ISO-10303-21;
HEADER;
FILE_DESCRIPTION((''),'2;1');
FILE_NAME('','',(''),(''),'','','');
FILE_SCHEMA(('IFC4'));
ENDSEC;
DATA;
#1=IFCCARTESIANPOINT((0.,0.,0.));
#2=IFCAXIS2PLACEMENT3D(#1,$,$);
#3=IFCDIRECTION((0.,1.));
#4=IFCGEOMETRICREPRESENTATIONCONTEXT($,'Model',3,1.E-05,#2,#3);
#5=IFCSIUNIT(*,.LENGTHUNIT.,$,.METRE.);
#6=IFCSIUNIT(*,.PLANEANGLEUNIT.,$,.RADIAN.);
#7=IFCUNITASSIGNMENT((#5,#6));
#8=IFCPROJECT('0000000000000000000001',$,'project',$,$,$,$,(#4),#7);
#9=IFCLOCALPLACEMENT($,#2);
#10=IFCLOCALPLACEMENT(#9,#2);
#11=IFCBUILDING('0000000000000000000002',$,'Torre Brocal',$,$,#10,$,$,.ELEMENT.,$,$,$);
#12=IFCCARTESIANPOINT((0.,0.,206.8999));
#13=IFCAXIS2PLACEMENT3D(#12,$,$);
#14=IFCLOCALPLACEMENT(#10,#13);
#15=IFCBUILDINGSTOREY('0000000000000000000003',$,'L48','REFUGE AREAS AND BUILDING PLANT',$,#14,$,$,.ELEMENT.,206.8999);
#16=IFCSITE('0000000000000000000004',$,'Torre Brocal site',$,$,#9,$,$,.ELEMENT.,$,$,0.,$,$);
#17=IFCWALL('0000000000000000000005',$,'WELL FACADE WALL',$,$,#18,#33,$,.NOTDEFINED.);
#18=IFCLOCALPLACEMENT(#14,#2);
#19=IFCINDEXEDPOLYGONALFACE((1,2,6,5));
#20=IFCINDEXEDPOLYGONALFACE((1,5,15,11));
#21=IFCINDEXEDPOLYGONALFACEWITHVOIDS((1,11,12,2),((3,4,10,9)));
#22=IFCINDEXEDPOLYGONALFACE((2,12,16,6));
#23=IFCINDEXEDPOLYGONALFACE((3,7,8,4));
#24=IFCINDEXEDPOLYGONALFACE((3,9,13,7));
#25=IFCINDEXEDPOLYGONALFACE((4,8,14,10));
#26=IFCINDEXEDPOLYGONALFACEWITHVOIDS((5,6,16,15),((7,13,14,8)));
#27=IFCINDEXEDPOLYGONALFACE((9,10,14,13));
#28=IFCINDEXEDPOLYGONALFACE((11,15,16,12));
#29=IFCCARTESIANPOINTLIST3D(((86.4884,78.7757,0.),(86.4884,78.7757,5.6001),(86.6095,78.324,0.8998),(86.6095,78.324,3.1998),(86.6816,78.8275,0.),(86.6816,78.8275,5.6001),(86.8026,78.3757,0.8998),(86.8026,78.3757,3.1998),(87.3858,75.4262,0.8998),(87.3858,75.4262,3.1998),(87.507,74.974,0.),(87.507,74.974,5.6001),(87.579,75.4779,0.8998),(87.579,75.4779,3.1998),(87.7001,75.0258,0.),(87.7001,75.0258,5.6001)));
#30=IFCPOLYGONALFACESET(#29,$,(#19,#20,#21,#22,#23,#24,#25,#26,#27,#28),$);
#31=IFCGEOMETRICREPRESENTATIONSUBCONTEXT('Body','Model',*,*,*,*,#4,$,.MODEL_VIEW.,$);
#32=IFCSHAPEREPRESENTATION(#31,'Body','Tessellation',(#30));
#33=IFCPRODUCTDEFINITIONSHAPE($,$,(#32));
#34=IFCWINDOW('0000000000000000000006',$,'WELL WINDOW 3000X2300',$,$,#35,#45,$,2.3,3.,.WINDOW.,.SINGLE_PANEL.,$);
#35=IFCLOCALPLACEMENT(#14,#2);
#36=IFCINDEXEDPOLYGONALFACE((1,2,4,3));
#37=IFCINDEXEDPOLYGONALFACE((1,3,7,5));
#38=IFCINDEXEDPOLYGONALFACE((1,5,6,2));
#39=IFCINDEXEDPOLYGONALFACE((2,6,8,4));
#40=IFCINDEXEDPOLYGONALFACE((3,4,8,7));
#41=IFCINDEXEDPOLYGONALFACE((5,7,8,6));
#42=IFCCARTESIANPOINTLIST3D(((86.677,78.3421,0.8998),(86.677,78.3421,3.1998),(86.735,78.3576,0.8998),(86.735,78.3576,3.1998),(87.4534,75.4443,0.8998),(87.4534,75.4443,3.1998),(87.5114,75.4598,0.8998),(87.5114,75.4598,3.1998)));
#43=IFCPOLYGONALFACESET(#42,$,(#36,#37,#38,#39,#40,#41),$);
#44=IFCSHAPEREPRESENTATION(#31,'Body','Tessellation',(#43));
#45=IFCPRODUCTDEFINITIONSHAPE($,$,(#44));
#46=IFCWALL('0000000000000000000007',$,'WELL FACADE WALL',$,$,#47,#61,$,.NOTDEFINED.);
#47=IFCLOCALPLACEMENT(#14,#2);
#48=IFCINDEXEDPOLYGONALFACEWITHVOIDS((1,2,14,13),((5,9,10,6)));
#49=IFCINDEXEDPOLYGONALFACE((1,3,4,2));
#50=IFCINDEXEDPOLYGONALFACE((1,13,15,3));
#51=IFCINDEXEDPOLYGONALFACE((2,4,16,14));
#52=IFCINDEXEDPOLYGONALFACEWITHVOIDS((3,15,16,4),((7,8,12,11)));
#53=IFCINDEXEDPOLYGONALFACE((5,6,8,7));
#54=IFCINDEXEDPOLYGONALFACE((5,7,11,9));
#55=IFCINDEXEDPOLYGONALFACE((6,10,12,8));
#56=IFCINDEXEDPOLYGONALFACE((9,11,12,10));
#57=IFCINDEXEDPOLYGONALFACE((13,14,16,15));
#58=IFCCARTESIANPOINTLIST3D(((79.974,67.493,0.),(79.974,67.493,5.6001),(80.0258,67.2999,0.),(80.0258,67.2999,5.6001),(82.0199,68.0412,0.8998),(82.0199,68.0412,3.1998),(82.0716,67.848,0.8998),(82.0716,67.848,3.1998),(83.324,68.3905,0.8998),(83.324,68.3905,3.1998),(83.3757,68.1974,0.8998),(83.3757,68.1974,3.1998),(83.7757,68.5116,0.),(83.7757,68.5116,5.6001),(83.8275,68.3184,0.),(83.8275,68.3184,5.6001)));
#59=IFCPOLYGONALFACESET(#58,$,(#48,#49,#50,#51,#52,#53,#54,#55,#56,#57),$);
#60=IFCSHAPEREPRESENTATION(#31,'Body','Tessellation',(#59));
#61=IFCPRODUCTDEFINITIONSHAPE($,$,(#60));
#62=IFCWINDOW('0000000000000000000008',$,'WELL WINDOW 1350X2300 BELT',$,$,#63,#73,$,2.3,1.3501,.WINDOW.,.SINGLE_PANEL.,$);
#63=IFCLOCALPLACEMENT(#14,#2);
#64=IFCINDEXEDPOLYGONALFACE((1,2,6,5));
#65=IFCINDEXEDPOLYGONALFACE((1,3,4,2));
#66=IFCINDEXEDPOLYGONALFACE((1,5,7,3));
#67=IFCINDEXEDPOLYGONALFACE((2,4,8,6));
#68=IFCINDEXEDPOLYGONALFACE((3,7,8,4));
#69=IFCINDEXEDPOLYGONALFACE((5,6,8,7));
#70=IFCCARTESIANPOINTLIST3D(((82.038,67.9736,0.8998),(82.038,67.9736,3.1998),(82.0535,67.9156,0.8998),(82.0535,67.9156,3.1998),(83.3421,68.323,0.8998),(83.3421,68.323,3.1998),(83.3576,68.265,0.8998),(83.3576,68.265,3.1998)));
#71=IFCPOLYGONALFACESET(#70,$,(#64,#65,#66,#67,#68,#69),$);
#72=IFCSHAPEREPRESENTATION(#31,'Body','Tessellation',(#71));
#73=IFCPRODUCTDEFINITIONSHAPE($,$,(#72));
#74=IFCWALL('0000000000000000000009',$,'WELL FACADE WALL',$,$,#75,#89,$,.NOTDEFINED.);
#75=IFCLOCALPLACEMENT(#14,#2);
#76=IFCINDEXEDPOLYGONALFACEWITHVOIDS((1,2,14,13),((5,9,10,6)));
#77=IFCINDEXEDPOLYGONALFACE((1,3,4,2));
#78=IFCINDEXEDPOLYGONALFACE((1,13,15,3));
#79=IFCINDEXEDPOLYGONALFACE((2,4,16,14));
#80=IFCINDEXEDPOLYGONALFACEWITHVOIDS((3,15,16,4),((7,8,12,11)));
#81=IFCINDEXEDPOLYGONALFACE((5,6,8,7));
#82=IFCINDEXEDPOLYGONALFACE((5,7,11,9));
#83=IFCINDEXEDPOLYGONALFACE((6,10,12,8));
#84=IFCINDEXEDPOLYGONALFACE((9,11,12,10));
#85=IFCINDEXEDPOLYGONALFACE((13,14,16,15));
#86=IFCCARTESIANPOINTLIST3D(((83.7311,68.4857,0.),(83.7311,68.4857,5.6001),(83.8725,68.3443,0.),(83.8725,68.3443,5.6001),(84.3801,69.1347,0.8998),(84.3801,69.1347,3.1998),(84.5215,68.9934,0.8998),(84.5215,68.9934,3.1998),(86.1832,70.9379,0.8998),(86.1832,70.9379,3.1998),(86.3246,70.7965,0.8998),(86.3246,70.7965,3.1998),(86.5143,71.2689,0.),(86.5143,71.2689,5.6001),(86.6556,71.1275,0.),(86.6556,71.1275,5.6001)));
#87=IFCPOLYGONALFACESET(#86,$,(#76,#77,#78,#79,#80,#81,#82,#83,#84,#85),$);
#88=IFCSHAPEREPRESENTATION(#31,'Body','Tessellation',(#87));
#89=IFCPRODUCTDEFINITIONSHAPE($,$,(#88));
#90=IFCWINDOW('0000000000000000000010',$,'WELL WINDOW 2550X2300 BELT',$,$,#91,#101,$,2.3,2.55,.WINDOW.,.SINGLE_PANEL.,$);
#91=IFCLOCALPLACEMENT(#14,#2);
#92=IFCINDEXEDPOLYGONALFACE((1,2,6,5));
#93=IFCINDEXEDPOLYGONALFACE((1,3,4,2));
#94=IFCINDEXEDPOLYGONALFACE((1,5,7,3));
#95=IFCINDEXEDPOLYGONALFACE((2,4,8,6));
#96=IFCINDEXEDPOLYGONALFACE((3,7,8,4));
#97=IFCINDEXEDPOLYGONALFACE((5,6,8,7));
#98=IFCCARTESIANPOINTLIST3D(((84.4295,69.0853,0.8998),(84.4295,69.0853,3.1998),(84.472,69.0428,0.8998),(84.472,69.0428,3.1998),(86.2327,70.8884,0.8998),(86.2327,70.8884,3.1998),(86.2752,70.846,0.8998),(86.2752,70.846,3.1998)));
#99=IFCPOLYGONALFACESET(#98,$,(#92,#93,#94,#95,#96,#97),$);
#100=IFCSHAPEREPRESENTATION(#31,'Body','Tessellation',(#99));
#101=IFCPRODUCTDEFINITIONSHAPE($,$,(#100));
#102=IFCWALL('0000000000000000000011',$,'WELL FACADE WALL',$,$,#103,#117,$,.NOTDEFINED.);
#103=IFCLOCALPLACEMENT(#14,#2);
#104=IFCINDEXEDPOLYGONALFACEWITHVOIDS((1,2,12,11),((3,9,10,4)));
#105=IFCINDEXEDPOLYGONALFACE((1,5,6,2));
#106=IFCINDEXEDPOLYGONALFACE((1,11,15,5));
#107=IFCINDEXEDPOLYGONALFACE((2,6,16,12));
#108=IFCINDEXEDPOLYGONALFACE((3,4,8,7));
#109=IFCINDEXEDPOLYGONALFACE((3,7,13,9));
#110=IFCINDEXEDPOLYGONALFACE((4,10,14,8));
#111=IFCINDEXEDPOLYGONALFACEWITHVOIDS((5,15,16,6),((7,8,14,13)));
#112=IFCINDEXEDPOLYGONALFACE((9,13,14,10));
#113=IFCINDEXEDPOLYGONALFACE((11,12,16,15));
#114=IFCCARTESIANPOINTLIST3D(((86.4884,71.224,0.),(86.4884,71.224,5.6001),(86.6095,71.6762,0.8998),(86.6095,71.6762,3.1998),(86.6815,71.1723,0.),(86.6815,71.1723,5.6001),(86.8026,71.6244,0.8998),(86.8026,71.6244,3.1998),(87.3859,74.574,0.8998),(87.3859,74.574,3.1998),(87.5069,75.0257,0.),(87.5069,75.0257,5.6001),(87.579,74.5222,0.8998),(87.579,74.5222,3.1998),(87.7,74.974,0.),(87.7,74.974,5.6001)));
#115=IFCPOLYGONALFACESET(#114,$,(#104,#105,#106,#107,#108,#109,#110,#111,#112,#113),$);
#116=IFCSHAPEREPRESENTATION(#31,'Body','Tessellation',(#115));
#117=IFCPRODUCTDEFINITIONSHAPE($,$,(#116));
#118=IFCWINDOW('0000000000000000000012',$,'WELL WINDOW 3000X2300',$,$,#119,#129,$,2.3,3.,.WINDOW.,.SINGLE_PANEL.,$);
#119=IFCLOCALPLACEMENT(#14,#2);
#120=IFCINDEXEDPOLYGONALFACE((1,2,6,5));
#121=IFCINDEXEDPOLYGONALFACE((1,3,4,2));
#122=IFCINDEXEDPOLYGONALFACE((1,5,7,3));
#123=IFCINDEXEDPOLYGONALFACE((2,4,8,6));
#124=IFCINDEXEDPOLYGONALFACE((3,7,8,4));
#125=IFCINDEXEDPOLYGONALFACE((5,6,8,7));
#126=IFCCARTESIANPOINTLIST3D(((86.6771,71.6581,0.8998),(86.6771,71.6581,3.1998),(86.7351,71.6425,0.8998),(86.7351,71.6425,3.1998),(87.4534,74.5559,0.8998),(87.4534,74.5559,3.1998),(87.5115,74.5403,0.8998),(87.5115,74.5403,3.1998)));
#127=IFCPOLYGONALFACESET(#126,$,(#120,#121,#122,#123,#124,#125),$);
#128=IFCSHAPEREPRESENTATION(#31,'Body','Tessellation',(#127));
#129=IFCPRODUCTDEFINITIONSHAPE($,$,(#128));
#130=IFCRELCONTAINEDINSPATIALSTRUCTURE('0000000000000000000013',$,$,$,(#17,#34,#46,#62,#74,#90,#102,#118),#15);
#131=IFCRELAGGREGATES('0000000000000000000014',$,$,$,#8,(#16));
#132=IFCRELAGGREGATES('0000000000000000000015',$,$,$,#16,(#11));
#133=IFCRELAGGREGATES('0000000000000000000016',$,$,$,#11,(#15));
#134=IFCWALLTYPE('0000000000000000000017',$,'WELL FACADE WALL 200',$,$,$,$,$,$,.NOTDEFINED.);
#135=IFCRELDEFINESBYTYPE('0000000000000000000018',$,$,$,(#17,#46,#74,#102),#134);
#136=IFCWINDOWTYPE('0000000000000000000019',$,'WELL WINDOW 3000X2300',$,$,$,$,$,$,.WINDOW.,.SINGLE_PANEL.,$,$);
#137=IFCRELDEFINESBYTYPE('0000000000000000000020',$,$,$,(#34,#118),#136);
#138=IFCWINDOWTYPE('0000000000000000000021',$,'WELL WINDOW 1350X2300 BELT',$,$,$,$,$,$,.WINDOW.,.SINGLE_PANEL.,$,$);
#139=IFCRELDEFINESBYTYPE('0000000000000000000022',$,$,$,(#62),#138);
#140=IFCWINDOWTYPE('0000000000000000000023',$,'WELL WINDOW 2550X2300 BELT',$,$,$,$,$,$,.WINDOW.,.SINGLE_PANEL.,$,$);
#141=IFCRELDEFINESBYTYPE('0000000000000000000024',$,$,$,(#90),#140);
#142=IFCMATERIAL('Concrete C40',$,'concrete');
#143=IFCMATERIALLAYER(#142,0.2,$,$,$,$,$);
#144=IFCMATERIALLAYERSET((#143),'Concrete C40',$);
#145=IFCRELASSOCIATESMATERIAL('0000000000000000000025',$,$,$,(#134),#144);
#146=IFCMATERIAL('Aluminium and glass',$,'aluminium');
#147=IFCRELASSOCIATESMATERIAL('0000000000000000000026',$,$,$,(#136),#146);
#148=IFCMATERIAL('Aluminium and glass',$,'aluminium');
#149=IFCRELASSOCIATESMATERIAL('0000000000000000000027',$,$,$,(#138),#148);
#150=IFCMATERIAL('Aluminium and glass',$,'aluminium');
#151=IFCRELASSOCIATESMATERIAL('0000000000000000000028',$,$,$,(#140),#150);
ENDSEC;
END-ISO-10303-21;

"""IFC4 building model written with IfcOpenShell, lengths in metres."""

from ifc_helpers import new_model, si_unit, direction, frame, frame_2d, origin, place, context, subcontext, project, spatial, rectangle, extrude, material, layer, layer_set, type_object, element, fill, save


model = new_model("IFC4")

# Units and contexts
model_context = context("Model", 3, precision=1e-05, world=origin(), true_north=direction((0.0, 1.0)))
body_context = subcontext(model_context, "Body", "Model", "MODEL_VIEW")
ifc_project = project(units=[si_unit("LENGTHUNIT", "METRE"), si_unit("PLANEANGLEUNIT", "RADIAN")], contexts=[model_context])

# Site, building, storey
site_placement = place(None, origin())
site = spatial("IfcSite", under=ifc_project, at=site_placement, Name="Torre Brocal site", CompositionType="ELEMENT", RefElevation=0.0)
building_placement = place(site_placement, origin())
building = spatial("IfcBuilding", under=site, at=building_placement, Name="Torre Brocal", CompositionType="ELEMENT")
storey_placement = place(building_placement, frame((0.0, 0.0, 206.8999)))
storey = spatial("IfcBuildingStorey", under=building, at=storey_placement, Name="L48", Description="REFUGE AREAS AND BUILDING PLANT", CompositionType="ELEMENT", Elevation=206.8999)

# Walls, openings, windows
ifc_material_1 = material(Name="Concrete C40", Category="concrete")
ifc_layer_1 = layer(ifc_material_1, 0.2)
ifc_layer_set_1 = layer_set([ifc_layer_1], Name="Concrete C40")
wall_type_1 = type_object("IfcWallType", Name="WELL FACADE WALL 200", PredefinedType="NOTDEFINED", material=ifc_layer_set_1)
wall_1_placement = place(storey_placement, frame((87.6035, 75.0, 0.0), z_axis=(0.0, 0.0, 1.0), x_axis=(-0.25879, 0.965934, 0.0)))
wall_1 = element("IfcWall", 1, at=wall_1_placement, inside=storey, type_object=wall_type_1, Name="WELL FACADE WALL", PredefinedType="NOTDEFINED", context=body_context, shape_type="SweptSolid", body=[
    extrude(rectangle(XDim=3.9358, YDim=0.2, at=frame_2d((1.9678, 0.0))), origin(), (0.0, 0.0, 1.0), 5.6001),
])
opening_1_placement = place(wall_1_placement, frame((0.468, 0.0, 0.8999)))
opening_1 = element("IfcOpeningElement", 2, at=opening_1_placement, cuts=wall_1, PredefinedType="OPENING", context=body_context, shape_type="SweptSolid", body=[
    extrude(rectangle(XDim=3.0, YDim=2.3, at=frame_2d((1.5, 1.1499))), frame((0.0, 0.1099, 0.0), z_axis=(0.0, -1.0, 0.0), x_axis=(1.0, 0.0, 0.0)), (0.0, 0.0, 1.0), 0.22),
])
ifc_material_2 = material(Name="Aluminium and glass", Category="aluminium")
window_type_1 = type_object("IfcWindowType", Name="WELL WINDOW 3000X2300", PartitioningType="SINGLE_PANEL", PredefinedType="WINDOW", material=ifc_material_2)
window_1_placement = place(opening_1_placement, origin())
window_1 = element("IfcWindow", 3, at=window_1_placement, inside=storey, type_object=window_type_1, Name="WELL WINDOW 3000X2300", OverallHeight=2.3, OverallWidth=3.0, PartitioningType="SINGLE_PANEL", PredefinedType="WINDOW", context=body_context, shape_type="SweptSolid", body=[
    extrude(rectangle(XDim=3.0, YDim=2.3, at=frame_2d((1.5, 1.1499))), frame((0.0, 0.03, 0.0), z_axis=(0.0, -1.0, 0.0), x_axis=(1.0, 0.0, 0.0)), (0.0, 0.0, 1.0), 0.0601),
])
fill(opening_1, window_1)
wall_2_placement = place(storey_placement, frame((80.0, 67.3965, 0.0), z_axis=(0.0, 0.0, 1.0), x_axis=(0.965934, 0.25879, 0.0)))
wall_2 = element("IfcWall", 4, at=wall_2_placement, inside=storey, type_object=wall_type_1, Name="WELL FACADE WALL", PredefinedType="NOTDEFINED", context=body_context, shape_type="SweptSolid", body=[
    extrude(rectangle(XDim=3.9358, YDim=0.2, at=frame_2d((1.9678, 0.0))), origin(), (0.0, 0.0, 1.0), 5.6001),
])
opening_2_placement = place(wall_2_placement, frame((2.1179, 0.0, 0.8999)))
opening_2 = element("IfcOpeningElement", 5, at=opening_2_placement, cuts=wall_2, PredefinedType="OPENING", context=body_context, shape_type="SweptSolid", body=[
    extrude(rectangle(XDim=1.3501, YDim=2.3, at=frame_2d((0.675, 1.1499))), frame((0.0, 0.1099, 0.0), z_axis=(0.0, -1.0, 0.0), x_axis=(1.0, 0.0, 0.0)), (0.0, 0.0, 1.0), 0.22),
])
ifc_material_3 = material(Name="Aluminium and glass", Category="aluminium")
window_type_2 = type_object("IfcWindowType", Name="WELL WINDOW 1350X2300 BELT", PartitioningType="SINGLE_PANEL", PredefinedType="WINDOW", material=ifc_material_3)
window_2_placement = place(opening_2_placement, origin())
window_2 = element("IfcWindow", 6, at=window_2_placement, inside=storey, type_object=window_type_2, Name="WELL WINDOW 1350X2300 BELT", OverallHeight=2.3, OverallWidth=1.3501, PartitioningType="SINGLE_PANEL", PredefinedType="WINDOW", context=body_context, shape_type="SweptSolid", body=[
    extrude(rectangle(XDim=1.3501, YDim=2.3, at=frame_2d((0.675, 1.1499))), frame((0.0, 0.03, 0.0), z_axis=(0.0, -1.0, 0.0), x_axis=(1.0, 0.0, 0.0)), (0.0, 0.0, 1.0), 0.0601),
])
fill(opening_2, window_2)
wall_3_placement = place(storey_placement, frame((83.8018, 68.415, 0.0), z_axis=(0.0, 0.0, 1.0), x_axis=(0.707107, 0.707107, 0.0)))
wall_3 = element("IfcWall", 7, at=wall_3_placement, inside=storey, type_object=wall_type_1, Name="WELL FACADE WALL", PredefinedType="NOTDEFINED", context=body_context, shape_type="SweptSolid", body=[
    extrude(rectangle(XDim=3.936, YDim=0.2, at=frame_2d((1.968, 0.0))), origin(), (0.0, 0.0, 1.0), 5.6001),
])
opening_3_placement = place(wall_3_placement, frame((0.918, 0.0, 0.8999)))
opening_3 = element("IfcOpeningElement", 8, at=opening_3_placement, cuts=wall_3, PredefinedType="OPENING", context=body_context, shape_type="SweptSolid", body=[
    extrude(rectangle(XDim=2.55, YDim=2.3, at=frame_2d((1.2749, 1.1499))), frame((0.0, 0.1099, 0.0), z_axis=(0.0, -1.0, 0.0), x_axis=(1.0, 0.0, 0.0)), (0.0, 0.0, 1.0), 0.22),
])
ifc_material_4 = material(Name="Aluminium and glass", Category="aluminium")
window_type_3 = type_object("IfcWindowType", Name="WELL WINDOW 2550X2300 BELT", PartitioningType="SINGLE_PANEL", PredefinedType="WINDOW", material=ifc_material_4)
window_3_placement = place(opening_3_placement, origin())
window_3 = element("IfcWindow", 9, at=window_3_placement, inside=storey, type_object=window_type_3, Name="WELL WINDOW 2550X2300 BELT", OverallHeight=2.3, OverallWidth=2.55, PartitioningType="SINGLE_PANEL", PredefinedType="WINDOW", context=body_context, shape_type="SweptSolid", body=[
    extrude(rectangle(XDim=2.55, YDim=2.3, at=frame_2d((1.2749, 1.1499))), frame((0.0, 0.03, 0.0), z_axis=(0.0, -1.0, 0.0), x_axis=(1.0, 0.0, 0.0)), (0.0, 0.0, 1.0), 0.0601),
])
fill(opening_3, window_3)
wall_4_placement = place(storey_placement, frame((86.585, 71.1982, 0.0), z_axis=(0.0, 0.0, 1.0), x_axis=(0.25879, 0.965934, 0.0)))
wall_4 = element("IfcWall", 10, at=wall_4_placement, inside=storey, type_object=wall_type_1, Name="WELL FACADE WALL", PredefinedType="NOTDEFINED", context=body_context, shape_type="SweptSolid", body=[
    extrude(rectangle(XDim=3.9358, YDim=0.2, at=frame_2d((1.9678, 0.0))), origin(), (0.0, 0.0, 1.0), 5.6001),
])
opening_4_placement = place(wall_4_placement, frame((0.468, 0.0, 0.8999)))
opening_4 = element("IfcOpeningElement", 11, at=opening_4_placement, cuts=wall_4, PredefinedType="OPENING", context=body_context, shape_type="SweptSolid", body=[
    extrude(rectangle(XDim=3.0, YDim=2.3, at=frame_2d((1.5, 1.1499))), frame((0.0, 0.1099, 0.0), z_axis=(0.0, -1.0, 0.0), x_axis=(1.0, 0.0, 0.0)), (0.0, 0.0, 1.0), 0.22),
])
window_4_placement = place(opening_4_placement, origin())
window_4 = element("IfcWindow", 12, at=window_4_placement, inside=storey, type_object=window_type_1, Name="WELL WINDOW 3000X2300", OverallHeight=2.3, OverallWidth=3.0, PartitioningType="SINGLE_PANEL", PredefinedType="WINDOW", context=body_context, shape_type="SweptSolid", body=[
    extrude(rectangle(XDim=3.0, YDim=2.3, at=frame_2d((1.5, 1.1499))), frame((0.0, 0.03, 0.0), z_axis=(0.0, -1.0, 0.0), x_axis=(1.0, 0.0, 0.0)), (0.0, 0.0, 1.0), 0.0601),
])
fill(opening_4, window_4)

save(model, "model.ifc")
